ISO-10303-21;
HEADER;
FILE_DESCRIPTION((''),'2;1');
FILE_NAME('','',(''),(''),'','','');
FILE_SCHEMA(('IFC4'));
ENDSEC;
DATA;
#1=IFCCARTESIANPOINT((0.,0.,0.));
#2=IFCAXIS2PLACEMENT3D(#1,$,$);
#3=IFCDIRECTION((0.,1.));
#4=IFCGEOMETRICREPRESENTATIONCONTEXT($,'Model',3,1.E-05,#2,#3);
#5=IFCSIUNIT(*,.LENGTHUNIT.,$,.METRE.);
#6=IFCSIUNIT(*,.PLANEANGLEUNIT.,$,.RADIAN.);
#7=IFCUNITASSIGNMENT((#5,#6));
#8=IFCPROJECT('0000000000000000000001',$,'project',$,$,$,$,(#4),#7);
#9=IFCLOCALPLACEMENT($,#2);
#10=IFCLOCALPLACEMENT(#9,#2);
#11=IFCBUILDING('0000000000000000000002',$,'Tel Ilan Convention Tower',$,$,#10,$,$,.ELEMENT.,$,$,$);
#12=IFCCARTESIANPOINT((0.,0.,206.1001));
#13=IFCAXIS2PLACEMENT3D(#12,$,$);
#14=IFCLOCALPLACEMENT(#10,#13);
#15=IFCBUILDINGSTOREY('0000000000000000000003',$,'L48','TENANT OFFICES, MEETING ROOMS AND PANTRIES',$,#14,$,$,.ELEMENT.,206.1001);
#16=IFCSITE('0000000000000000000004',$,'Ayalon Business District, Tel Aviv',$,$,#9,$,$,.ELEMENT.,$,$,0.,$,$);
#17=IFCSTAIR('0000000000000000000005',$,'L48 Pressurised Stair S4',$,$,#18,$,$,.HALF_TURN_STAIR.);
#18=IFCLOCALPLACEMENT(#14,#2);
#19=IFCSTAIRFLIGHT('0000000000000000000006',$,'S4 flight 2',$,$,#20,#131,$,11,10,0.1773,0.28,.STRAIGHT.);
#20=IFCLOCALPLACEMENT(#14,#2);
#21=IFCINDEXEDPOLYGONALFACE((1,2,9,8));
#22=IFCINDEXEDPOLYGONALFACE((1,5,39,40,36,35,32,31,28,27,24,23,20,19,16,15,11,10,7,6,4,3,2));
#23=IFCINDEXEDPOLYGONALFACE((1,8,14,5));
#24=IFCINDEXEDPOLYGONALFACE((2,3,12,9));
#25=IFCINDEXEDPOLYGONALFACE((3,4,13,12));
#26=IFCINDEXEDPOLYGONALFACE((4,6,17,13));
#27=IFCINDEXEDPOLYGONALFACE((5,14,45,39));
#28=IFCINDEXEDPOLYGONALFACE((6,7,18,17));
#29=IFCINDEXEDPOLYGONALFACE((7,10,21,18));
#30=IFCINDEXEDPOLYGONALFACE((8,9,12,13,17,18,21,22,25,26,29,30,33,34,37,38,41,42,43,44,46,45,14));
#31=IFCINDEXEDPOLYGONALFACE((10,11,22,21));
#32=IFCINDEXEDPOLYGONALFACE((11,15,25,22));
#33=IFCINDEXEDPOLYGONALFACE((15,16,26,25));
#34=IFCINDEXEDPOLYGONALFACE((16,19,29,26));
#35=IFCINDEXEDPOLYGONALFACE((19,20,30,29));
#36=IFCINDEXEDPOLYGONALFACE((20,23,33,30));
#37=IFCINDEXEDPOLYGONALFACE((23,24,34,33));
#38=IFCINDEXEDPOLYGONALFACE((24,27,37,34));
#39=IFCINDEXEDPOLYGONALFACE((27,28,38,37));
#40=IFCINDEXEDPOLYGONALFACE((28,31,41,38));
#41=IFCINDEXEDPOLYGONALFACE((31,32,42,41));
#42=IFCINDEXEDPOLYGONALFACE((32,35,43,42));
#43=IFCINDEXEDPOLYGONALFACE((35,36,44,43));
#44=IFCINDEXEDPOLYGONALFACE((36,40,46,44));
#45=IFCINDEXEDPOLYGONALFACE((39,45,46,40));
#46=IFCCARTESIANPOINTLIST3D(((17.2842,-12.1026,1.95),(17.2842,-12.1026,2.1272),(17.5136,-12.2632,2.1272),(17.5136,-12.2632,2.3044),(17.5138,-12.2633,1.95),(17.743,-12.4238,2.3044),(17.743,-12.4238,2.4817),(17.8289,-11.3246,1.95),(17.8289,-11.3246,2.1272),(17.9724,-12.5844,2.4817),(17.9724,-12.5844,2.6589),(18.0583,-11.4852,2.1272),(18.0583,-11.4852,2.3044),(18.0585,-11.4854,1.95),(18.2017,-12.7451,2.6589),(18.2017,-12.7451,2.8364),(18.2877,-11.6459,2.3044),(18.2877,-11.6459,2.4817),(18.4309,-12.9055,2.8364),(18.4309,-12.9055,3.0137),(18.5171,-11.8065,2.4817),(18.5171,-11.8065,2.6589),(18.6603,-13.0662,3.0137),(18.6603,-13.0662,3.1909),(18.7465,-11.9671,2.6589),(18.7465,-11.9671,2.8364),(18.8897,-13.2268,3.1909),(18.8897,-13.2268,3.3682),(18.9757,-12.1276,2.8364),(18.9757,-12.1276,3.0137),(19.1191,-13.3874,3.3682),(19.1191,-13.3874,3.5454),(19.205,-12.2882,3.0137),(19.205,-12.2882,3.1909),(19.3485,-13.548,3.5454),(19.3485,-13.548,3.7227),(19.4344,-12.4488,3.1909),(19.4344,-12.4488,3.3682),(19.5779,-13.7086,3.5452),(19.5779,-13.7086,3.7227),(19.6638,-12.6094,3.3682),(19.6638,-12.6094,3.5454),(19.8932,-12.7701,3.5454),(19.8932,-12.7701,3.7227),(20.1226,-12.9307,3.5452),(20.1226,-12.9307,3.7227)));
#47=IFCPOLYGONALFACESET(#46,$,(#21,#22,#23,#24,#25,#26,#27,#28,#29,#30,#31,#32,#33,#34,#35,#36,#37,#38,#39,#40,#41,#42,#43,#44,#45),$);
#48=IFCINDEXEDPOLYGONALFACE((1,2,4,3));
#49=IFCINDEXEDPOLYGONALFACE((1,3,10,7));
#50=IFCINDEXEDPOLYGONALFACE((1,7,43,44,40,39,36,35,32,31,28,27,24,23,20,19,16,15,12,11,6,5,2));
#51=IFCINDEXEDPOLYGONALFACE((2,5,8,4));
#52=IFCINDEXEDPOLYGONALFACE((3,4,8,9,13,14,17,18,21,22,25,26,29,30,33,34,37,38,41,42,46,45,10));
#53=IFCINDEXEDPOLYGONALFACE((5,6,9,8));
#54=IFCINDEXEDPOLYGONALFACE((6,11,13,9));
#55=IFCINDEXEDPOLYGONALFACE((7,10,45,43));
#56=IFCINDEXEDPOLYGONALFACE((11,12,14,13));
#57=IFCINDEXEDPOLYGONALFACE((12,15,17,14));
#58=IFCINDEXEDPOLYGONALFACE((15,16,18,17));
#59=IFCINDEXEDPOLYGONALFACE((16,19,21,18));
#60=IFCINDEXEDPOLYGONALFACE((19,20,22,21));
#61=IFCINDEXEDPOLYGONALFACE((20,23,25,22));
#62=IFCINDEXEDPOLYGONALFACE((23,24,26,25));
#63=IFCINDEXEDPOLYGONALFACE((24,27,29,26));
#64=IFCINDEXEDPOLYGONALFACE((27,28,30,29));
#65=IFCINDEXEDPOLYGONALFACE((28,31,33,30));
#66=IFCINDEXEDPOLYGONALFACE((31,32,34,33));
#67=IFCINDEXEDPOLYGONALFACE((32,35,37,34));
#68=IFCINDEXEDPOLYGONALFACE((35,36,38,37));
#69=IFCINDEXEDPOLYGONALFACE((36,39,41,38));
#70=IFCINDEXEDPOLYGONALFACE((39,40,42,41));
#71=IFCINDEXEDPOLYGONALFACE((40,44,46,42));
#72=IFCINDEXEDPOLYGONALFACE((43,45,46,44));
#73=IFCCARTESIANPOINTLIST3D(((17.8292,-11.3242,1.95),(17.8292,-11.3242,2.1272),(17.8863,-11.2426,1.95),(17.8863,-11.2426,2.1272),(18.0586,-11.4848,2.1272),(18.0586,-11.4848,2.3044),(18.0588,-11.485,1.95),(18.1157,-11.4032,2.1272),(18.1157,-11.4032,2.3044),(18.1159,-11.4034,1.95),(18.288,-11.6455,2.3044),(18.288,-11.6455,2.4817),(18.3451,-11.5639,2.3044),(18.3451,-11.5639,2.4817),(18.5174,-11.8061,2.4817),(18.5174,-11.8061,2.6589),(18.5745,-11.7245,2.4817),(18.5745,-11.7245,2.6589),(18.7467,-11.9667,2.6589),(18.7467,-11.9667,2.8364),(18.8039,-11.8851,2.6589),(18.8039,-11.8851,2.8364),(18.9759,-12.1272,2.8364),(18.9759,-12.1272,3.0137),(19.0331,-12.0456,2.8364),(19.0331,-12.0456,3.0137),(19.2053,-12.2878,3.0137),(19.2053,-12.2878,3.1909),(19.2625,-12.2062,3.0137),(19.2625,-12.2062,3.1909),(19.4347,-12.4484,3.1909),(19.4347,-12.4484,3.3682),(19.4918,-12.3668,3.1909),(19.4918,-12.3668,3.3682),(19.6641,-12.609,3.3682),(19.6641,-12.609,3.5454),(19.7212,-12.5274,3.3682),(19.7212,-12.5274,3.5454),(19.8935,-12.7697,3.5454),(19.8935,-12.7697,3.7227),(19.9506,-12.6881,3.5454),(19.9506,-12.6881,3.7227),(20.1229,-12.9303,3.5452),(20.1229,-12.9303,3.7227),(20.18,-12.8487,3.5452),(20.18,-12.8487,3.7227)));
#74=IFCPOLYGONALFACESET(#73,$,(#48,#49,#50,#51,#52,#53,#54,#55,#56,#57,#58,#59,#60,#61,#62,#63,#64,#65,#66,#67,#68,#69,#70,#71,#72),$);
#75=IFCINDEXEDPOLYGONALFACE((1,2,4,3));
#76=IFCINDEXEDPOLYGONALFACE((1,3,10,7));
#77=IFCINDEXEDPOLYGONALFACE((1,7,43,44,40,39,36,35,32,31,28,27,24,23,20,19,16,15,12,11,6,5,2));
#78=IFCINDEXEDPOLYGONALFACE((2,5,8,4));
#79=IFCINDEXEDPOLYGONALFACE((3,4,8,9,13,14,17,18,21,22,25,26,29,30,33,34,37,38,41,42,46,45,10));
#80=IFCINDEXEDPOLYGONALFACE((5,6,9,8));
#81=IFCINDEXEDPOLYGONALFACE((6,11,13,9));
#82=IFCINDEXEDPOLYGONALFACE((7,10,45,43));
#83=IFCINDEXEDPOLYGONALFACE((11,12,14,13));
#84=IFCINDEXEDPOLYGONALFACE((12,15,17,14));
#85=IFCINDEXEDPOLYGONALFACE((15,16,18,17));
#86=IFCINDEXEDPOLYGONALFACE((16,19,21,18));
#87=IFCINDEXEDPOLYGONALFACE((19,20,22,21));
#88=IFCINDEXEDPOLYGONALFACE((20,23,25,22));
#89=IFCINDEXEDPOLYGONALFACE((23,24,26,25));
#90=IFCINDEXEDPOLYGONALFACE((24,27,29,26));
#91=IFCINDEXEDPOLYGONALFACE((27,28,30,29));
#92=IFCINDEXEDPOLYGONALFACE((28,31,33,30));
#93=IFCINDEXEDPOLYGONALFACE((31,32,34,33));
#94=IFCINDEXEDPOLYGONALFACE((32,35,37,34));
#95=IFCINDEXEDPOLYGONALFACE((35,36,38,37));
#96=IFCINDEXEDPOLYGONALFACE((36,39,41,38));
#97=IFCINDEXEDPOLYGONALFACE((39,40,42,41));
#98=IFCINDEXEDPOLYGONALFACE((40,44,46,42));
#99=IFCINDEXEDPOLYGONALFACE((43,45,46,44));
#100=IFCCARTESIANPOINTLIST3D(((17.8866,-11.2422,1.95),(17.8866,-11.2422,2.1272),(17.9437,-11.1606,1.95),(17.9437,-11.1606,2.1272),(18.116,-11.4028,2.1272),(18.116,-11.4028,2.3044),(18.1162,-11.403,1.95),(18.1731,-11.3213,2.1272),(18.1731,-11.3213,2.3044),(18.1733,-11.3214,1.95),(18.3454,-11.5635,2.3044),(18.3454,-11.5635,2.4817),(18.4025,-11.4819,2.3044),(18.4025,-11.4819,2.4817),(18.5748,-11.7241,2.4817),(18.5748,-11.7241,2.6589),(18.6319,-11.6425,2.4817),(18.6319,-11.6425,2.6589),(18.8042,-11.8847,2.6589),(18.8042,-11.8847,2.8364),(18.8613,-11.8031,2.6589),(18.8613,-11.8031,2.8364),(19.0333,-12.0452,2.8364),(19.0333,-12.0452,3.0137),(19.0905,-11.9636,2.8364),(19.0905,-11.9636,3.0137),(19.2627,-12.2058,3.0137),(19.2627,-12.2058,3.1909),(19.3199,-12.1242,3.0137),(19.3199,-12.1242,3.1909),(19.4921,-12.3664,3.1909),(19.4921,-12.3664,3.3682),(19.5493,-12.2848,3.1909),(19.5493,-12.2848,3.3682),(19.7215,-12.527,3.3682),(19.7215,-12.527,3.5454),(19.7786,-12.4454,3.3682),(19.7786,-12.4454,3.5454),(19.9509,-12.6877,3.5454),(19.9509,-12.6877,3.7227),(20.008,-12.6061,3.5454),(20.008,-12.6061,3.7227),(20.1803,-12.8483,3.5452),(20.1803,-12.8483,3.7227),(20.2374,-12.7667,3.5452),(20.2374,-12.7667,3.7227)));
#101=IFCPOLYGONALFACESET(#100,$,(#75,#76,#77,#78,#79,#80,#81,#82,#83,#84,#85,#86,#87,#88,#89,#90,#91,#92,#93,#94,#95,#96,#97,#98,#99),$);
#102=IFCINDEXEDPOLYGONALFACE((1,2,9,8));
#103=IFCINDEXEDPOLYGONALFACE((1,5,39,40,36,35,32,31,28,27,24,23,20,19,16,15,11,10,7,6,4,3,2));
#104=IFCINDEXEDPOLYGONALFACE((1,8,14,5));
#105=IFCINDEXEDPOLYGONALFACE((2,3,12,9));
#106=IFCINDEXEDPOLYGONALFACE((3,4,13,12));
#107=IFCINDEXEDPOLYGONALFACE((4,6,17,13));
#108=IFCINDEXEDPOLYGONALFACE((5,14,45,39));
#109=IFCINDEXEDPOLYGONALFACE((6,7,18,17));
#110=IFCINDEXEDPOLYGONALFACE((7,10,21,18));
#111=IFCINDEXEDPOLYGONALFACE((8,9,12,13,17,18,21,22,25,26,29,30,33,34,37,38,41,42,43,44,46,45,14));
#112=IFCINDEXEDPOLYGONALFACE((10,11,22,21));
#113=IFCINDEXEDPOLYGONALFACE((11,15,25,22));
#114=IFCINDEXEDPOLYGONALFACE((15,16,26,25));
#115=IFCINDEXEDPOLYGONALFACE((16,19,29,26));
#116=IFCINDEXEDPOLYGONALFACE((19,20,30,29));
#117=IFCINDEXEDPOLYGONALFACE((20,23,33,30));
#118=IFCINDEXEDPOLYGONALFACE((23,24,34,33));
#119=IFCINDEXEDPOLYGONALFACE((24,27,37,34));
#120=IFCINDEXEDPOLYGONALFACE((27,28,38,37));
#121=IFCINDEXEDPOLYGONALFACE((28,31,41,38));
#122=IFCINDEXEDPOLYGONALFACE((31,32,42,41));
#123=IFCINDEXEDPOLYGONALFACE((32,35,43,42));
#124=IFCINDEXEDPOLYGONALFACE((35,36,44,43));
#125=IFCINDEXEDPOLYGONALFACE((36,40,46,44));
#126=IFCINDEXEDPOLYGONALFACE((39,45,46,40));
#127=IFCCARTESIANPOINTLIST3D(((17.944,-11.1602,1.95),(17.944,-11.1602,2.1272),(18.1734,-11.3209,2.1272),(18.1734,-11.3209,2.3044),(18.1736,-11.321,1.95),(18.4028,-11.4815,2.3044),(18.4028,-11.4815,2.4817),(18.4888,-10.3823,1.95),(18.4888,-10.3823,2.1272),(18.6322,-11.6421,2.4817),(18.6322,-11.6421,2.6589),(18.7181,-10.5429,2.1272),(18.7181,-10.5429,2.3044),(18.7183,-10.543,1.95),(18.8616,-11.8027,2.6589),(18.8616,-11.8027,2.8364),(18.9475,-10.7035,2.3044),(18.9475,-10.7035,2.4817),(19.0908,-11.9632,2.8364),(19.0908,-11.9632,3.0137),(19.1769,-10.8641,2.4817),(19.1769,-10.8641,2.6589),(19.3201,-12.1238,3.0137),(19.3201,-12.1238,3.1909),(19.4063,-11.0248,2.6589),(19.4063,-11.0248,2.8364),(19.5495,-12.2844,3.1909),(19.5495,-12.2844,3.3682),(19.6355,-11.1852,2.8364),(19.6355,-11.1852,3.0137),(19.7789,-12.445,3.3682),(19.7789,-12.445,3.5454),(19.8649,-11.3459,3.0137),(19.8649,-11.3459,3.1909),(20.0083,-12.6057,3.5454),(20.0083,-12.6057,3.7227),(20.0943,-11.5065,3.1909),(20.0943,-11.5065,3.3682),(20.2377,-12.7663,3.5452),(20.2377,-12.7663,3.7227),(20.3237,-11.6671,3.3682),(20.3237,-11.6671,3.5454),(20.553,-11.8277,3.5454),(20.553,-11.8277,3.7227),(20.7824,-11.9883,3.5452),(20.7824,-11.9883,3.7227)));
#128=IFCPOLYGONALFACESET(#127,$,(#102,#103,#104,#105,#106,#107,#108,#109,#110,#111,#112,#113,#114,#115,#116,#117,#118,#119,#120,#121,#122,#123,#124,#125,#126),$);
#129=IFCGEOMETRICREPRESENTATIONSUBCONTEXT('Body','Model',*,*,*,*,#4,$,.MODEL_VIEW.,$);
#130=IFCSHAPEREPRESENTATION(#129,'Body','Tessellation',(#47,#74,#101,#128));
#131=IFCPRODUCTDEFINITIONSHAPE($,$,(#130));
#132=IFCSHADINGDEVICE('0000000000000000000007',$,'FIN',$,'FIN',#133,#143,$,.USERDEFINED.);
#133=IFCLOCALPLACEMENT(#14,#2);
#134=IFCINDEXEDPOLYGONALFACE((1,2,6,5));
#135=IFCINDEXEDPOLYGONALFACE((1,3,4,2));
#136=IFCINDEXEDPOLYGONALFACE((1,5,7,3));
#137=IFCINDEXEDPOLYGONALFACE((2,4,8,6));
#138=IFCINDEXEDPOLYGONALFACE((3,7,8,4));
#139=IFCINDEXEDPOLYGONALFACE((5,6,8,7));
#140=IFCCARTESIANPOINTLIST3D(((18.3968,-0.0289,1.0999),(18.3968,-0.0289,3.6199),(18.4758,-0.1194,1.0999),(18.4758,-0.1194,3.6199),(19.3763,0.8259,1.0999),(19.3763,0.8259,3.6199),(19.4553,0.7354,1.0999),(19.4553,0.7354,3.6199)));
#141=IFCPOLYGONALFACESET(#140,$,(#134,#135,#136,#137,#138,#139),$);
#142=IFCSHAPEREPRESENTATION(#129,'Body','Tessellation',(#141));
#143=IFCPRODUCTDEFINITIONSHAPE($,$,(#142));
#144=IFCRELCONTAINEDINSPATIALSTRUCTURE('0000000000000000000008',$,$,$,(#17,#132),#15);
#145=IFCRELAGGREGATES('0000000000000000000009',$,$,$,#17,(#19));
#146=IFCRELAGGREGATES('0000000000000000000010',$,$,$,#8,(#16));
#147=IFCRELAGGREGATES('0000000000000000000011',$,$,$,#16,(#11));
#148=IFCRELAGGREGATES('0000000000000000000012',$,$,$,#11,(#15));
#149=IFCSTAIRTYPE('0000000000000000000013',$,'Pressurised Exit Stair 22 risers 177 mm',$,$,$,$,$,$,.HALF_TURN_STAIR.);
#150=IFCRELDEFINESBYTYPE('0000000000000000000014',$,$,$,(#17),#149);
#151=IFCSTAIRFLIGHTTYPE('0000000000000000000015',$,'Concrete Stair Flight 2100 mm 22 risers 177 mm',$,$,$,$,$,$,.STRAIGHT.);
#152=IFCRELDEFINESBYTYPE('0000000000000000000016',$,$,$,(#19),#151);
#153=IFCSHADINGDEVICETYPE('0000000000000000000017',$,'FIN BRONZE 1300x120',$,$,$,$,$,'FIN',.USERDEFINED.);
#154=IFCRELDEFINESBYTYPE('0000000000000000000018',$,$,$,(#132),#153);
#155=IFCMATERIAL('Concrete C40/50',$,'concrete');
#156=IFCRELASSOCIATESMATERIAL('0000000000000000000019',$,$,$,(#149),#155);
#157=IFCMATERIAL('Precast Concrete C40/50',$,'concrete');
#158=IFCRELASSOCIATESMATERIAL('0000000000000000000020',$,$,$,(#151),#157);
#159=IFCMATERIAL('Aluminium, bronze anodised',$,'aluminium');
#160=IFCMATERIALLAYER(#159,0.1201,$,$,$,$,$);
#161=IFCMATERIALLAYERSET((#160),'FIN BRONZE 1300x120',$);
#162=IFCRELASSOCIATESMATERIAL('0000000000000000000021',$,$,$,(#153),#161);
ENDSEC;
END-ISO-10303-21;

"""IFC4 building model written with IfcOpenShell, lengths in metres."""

from ifc_helpers import new_model, si_unit, direction, frame, origin, origin_2d, place, context, subcontext, project, spatial, polyline, rectangle, outline, extrude, material, layer, layer_set, type_object, element, aggregate, save


model = new_model("IFC4")

# Units and contexts
model_context = context("Model", 3, precision=1e-05, world=origin(), true_north=direction((0.0, 1.0)))
body_context = subcontext(model_context, "Body", "Model", "MODEL_VIEW")
ifc_project = project(units=[si_unit("LENGTHUNIT", "METRE"), si_unit("PLANEANGLEUNIT", "RADIAN")], contexts=[model_context])

# Site, building, storey
site_placement = place(None, origin())
site = spatial("IfcSite", under=ifc_project, at=site_placement, Name="Ayalon Business District, Tel Aviv", CompositionType="ELEMENT", RefElevation=0.0)
building_placement = place(site_placement, origin())
building = spatial("IfcBuilding", under=site, at=building_placement, Name="Tel Ilan Convention Tower", CompositionType="ELEMENT")
storey_placement = place(building_placement, frame((0.0, 0.0, 206.1001)))
storey = spatial("IfcBuildingStorey", under=building, at=storey_placement, Name="L48", Description="TENANT OFFICES, MEETING ROOMS AND PANTRIES", CompositionType="ELEMENT", Elevation=206.1001)

# Shared definitions
ifc_material_1 = material(Name="Concrete C40/50", Category="concrete")
stair_type = type_object("IfcStairType", Name="Pressurised Exit Stair 22 risers 177 mm", PredefinedType="HALF_TURN_STAIR", material=ifc_material_1)
ifc_material_2 = material(Name="Precast Concrete C40/50", Category="concrete")
stair_flight_type = type_object("IfcStairFlightType", Name="Concrete Stair Flight 2100 mm 22 risers 177 mm", PredefinedType="STRAIGHT", material=ifc_material_2)

# Stair, stair flight
stair_1_placement = place(storey_placement, origin())
stair_1 = element("IfcStair", 1, at=stair_1_placement, inside=storey, type_object=stair_type, Name="L48 Pressurised Stair S4", PredefinedType="HALF_TURN_STAIR")
stair_flight_1_placement = place(storey_placement, frame((17.8865, -11.2424, 1.95), z_axis=(0.0, 0.0, 1.0), x_axis=(0.819152, -0.573576, 0.0)))
stair_flight_1 = element("IfcStairFlight", 2, at=stair_flight_1_placement, type_object=stair_flight_type, Name="S4 flight 2", NumberOfRisers=11, NumberOfTreads=10, PredefinedType="STRAIGHT", RiserHeight=0.1773, TreadLength=0.28, context=body_context, shape_type="SweptSolid", body=[
    extrude(outline(polyline([(0.0, 0.0), (0.0, 0.1772), (0.28, 0.1772), (0.28, 0.3545), (0.5601, 0.3545), (0.5601, 0.5317), (0.8401, 0.5317), (0.8401, 0.709), (1.1201, 0.709), (1.1201, 0.8865), (1.3999, 0.8865), (1.3999, 1.0637), (1.6799, 1.0637), (1.6799, 1.241), (1.96, 1.241), (1.96, 1.4182), (2.24, 1.4182), (2.24, 1.5955), (2.52, 1.5955), (2.52, 1.7727), (2.8, 1.7727), (2.8, 1.95), (2.8, 1.5952), (0.2803, 0.0), (0.0, 0.0)])), frame((0.0, -0.1003, 0.0), z_axis=(0.0, -1.0, 0.0), x_axis=(1.0, 0.0, 0.0)), (0.0, 0.0, 1.0), 0.9497),
    extrude(outline(polyline([(0.0, 0.0), (0.0, 0.1772), (0.28, 0.1772), (0.28, 0.3545), (0.5601, 0.3545), (0.5601, 0.5317), (0.8401, 0.5317), (0.8401, 0.709), (1.1201, 0.709), (1.1201, 0.8865), (1.3999, 0.8865), (1.3999, 1.0637), (1.6799, 1.0637), (1.6799, 1.241), (1.96, 1.241), (1.96, 1.4182), (2.24, 1.4182), (2.24, 1.5955), (2.52, 1.5955), (2.52, 1.7727), (2.8, 1.7727), (2.8, 1.95), (2.8, 1.5952), (0.2803, 0.0), (0.0, 0.0)])), frame((0.0, -0.0002, 0.0), z_axis=(0.0, -1.0, 0.0), x_axis=(1.0, 0.0, 0.0)), (0.0, 0.0, 1.0), 0.0996),
    extrude(outline(polyline([(0.0, 0.0), (0.0, 0.1772), (0.28, 0.1772), (0.28, 0.3545), (0.5601, 0.3545), (0.5601, 0.5317), (0.8401, 0.5317), (0.8401, 0.709), (1.1201, 0.709), (1.1201, 0.8865), (1.3999, 0.8865), (1.3999, 1.0637), (1.6799, 1.0637), (1.6799, 1.241), (1.96, 1.241), (1.96, 1.4182), (2.24, 1.4182), (2.24, 1.5955), (2.52, 1.5955), (2.52, 1.7727), (2.8, 1.7727), (2.8, 1.95), (2.8, 1.5952), (0.2803, 0.0), (0.0, 0.0)])), frame((0.0, 0.0999, 0.0), z_axis=(0.0, -1.0, 0.0), x_axis=(1.0, 0.0, 0.0)), (0.0, 0.0, 1.0), 0.0996),
    extrude(outline(polyline([(0.0, 0.0), (0.0, 0.1772), (0.28, 0.1772), (0.28, 0.3545), (0.5601, 0.3545), (0.5601, 0.5317), (0.8401, 0.5317), (0.8401, 0.709), (1.1201, 0.709), (1.1201, 0.8865), (1.3999, 0.8865), (1.3999, 1.0637), (1.6799, 1.0637), (1.6799, 1.241), (1.96, 1.241), (1.96, 1.4182), (2.24, 1.4182), (2.24, 1.5955), (2.52, 1.5955), (2.52, 1.7727), (2.8, 1.7727), (2.8, 1.95), (2.8, 1.5952), (0.2803, 0.0), (0.0, 0.0)])), frame((0.0, 1.05, 0.0), z_axis=(0.0, -1.0, 0.0), x_axis=(1.0, 0.0, 0.0)), (0.0, 0.0, 1.0), 0.9497),
])
aggregate(stair_1, [stair_flight_1])

# Shading device
ifc_material_3 = material(Name="Aluminium, bronze anodised", Category="aluminium")
ifc_layer_1 = layer(ifc_material_3, 0.1201)
ifc_layer_set_1 = layer_set([ifc_layer_1], Name="FIN BRONZE 1300x120")
shading_device_type = type_object("IfcShadingDeviceType", Name="FIN BRONZE 1300x120", ElementType="FIN", PredefinedType="USERDEFINED", material=ifc_layer_set_1)
shading_device_placement = place(storey_placement, frame((18.926, 0.3533, 1.0999), z_axis=(0.0, 0.0, 1.0), x_axis=(0.753436, 0.657521, 0.0)))
element("IfcShadingDevice", 3, at=shading_device_placement, inside=storey, type_object=shading_device_type, Name="FIN", ObjectType="FIN", PredefinedType="USERDEFINED", context=body_context, shape_type="SweptSolid", body=[
    extrude(rectangle(XDim=1.3, YDim=0.1201, at=origin_2d()), origin(), (0.0, 0.0, 1.0), 2.52),
])

save(model, "model.ifc")
